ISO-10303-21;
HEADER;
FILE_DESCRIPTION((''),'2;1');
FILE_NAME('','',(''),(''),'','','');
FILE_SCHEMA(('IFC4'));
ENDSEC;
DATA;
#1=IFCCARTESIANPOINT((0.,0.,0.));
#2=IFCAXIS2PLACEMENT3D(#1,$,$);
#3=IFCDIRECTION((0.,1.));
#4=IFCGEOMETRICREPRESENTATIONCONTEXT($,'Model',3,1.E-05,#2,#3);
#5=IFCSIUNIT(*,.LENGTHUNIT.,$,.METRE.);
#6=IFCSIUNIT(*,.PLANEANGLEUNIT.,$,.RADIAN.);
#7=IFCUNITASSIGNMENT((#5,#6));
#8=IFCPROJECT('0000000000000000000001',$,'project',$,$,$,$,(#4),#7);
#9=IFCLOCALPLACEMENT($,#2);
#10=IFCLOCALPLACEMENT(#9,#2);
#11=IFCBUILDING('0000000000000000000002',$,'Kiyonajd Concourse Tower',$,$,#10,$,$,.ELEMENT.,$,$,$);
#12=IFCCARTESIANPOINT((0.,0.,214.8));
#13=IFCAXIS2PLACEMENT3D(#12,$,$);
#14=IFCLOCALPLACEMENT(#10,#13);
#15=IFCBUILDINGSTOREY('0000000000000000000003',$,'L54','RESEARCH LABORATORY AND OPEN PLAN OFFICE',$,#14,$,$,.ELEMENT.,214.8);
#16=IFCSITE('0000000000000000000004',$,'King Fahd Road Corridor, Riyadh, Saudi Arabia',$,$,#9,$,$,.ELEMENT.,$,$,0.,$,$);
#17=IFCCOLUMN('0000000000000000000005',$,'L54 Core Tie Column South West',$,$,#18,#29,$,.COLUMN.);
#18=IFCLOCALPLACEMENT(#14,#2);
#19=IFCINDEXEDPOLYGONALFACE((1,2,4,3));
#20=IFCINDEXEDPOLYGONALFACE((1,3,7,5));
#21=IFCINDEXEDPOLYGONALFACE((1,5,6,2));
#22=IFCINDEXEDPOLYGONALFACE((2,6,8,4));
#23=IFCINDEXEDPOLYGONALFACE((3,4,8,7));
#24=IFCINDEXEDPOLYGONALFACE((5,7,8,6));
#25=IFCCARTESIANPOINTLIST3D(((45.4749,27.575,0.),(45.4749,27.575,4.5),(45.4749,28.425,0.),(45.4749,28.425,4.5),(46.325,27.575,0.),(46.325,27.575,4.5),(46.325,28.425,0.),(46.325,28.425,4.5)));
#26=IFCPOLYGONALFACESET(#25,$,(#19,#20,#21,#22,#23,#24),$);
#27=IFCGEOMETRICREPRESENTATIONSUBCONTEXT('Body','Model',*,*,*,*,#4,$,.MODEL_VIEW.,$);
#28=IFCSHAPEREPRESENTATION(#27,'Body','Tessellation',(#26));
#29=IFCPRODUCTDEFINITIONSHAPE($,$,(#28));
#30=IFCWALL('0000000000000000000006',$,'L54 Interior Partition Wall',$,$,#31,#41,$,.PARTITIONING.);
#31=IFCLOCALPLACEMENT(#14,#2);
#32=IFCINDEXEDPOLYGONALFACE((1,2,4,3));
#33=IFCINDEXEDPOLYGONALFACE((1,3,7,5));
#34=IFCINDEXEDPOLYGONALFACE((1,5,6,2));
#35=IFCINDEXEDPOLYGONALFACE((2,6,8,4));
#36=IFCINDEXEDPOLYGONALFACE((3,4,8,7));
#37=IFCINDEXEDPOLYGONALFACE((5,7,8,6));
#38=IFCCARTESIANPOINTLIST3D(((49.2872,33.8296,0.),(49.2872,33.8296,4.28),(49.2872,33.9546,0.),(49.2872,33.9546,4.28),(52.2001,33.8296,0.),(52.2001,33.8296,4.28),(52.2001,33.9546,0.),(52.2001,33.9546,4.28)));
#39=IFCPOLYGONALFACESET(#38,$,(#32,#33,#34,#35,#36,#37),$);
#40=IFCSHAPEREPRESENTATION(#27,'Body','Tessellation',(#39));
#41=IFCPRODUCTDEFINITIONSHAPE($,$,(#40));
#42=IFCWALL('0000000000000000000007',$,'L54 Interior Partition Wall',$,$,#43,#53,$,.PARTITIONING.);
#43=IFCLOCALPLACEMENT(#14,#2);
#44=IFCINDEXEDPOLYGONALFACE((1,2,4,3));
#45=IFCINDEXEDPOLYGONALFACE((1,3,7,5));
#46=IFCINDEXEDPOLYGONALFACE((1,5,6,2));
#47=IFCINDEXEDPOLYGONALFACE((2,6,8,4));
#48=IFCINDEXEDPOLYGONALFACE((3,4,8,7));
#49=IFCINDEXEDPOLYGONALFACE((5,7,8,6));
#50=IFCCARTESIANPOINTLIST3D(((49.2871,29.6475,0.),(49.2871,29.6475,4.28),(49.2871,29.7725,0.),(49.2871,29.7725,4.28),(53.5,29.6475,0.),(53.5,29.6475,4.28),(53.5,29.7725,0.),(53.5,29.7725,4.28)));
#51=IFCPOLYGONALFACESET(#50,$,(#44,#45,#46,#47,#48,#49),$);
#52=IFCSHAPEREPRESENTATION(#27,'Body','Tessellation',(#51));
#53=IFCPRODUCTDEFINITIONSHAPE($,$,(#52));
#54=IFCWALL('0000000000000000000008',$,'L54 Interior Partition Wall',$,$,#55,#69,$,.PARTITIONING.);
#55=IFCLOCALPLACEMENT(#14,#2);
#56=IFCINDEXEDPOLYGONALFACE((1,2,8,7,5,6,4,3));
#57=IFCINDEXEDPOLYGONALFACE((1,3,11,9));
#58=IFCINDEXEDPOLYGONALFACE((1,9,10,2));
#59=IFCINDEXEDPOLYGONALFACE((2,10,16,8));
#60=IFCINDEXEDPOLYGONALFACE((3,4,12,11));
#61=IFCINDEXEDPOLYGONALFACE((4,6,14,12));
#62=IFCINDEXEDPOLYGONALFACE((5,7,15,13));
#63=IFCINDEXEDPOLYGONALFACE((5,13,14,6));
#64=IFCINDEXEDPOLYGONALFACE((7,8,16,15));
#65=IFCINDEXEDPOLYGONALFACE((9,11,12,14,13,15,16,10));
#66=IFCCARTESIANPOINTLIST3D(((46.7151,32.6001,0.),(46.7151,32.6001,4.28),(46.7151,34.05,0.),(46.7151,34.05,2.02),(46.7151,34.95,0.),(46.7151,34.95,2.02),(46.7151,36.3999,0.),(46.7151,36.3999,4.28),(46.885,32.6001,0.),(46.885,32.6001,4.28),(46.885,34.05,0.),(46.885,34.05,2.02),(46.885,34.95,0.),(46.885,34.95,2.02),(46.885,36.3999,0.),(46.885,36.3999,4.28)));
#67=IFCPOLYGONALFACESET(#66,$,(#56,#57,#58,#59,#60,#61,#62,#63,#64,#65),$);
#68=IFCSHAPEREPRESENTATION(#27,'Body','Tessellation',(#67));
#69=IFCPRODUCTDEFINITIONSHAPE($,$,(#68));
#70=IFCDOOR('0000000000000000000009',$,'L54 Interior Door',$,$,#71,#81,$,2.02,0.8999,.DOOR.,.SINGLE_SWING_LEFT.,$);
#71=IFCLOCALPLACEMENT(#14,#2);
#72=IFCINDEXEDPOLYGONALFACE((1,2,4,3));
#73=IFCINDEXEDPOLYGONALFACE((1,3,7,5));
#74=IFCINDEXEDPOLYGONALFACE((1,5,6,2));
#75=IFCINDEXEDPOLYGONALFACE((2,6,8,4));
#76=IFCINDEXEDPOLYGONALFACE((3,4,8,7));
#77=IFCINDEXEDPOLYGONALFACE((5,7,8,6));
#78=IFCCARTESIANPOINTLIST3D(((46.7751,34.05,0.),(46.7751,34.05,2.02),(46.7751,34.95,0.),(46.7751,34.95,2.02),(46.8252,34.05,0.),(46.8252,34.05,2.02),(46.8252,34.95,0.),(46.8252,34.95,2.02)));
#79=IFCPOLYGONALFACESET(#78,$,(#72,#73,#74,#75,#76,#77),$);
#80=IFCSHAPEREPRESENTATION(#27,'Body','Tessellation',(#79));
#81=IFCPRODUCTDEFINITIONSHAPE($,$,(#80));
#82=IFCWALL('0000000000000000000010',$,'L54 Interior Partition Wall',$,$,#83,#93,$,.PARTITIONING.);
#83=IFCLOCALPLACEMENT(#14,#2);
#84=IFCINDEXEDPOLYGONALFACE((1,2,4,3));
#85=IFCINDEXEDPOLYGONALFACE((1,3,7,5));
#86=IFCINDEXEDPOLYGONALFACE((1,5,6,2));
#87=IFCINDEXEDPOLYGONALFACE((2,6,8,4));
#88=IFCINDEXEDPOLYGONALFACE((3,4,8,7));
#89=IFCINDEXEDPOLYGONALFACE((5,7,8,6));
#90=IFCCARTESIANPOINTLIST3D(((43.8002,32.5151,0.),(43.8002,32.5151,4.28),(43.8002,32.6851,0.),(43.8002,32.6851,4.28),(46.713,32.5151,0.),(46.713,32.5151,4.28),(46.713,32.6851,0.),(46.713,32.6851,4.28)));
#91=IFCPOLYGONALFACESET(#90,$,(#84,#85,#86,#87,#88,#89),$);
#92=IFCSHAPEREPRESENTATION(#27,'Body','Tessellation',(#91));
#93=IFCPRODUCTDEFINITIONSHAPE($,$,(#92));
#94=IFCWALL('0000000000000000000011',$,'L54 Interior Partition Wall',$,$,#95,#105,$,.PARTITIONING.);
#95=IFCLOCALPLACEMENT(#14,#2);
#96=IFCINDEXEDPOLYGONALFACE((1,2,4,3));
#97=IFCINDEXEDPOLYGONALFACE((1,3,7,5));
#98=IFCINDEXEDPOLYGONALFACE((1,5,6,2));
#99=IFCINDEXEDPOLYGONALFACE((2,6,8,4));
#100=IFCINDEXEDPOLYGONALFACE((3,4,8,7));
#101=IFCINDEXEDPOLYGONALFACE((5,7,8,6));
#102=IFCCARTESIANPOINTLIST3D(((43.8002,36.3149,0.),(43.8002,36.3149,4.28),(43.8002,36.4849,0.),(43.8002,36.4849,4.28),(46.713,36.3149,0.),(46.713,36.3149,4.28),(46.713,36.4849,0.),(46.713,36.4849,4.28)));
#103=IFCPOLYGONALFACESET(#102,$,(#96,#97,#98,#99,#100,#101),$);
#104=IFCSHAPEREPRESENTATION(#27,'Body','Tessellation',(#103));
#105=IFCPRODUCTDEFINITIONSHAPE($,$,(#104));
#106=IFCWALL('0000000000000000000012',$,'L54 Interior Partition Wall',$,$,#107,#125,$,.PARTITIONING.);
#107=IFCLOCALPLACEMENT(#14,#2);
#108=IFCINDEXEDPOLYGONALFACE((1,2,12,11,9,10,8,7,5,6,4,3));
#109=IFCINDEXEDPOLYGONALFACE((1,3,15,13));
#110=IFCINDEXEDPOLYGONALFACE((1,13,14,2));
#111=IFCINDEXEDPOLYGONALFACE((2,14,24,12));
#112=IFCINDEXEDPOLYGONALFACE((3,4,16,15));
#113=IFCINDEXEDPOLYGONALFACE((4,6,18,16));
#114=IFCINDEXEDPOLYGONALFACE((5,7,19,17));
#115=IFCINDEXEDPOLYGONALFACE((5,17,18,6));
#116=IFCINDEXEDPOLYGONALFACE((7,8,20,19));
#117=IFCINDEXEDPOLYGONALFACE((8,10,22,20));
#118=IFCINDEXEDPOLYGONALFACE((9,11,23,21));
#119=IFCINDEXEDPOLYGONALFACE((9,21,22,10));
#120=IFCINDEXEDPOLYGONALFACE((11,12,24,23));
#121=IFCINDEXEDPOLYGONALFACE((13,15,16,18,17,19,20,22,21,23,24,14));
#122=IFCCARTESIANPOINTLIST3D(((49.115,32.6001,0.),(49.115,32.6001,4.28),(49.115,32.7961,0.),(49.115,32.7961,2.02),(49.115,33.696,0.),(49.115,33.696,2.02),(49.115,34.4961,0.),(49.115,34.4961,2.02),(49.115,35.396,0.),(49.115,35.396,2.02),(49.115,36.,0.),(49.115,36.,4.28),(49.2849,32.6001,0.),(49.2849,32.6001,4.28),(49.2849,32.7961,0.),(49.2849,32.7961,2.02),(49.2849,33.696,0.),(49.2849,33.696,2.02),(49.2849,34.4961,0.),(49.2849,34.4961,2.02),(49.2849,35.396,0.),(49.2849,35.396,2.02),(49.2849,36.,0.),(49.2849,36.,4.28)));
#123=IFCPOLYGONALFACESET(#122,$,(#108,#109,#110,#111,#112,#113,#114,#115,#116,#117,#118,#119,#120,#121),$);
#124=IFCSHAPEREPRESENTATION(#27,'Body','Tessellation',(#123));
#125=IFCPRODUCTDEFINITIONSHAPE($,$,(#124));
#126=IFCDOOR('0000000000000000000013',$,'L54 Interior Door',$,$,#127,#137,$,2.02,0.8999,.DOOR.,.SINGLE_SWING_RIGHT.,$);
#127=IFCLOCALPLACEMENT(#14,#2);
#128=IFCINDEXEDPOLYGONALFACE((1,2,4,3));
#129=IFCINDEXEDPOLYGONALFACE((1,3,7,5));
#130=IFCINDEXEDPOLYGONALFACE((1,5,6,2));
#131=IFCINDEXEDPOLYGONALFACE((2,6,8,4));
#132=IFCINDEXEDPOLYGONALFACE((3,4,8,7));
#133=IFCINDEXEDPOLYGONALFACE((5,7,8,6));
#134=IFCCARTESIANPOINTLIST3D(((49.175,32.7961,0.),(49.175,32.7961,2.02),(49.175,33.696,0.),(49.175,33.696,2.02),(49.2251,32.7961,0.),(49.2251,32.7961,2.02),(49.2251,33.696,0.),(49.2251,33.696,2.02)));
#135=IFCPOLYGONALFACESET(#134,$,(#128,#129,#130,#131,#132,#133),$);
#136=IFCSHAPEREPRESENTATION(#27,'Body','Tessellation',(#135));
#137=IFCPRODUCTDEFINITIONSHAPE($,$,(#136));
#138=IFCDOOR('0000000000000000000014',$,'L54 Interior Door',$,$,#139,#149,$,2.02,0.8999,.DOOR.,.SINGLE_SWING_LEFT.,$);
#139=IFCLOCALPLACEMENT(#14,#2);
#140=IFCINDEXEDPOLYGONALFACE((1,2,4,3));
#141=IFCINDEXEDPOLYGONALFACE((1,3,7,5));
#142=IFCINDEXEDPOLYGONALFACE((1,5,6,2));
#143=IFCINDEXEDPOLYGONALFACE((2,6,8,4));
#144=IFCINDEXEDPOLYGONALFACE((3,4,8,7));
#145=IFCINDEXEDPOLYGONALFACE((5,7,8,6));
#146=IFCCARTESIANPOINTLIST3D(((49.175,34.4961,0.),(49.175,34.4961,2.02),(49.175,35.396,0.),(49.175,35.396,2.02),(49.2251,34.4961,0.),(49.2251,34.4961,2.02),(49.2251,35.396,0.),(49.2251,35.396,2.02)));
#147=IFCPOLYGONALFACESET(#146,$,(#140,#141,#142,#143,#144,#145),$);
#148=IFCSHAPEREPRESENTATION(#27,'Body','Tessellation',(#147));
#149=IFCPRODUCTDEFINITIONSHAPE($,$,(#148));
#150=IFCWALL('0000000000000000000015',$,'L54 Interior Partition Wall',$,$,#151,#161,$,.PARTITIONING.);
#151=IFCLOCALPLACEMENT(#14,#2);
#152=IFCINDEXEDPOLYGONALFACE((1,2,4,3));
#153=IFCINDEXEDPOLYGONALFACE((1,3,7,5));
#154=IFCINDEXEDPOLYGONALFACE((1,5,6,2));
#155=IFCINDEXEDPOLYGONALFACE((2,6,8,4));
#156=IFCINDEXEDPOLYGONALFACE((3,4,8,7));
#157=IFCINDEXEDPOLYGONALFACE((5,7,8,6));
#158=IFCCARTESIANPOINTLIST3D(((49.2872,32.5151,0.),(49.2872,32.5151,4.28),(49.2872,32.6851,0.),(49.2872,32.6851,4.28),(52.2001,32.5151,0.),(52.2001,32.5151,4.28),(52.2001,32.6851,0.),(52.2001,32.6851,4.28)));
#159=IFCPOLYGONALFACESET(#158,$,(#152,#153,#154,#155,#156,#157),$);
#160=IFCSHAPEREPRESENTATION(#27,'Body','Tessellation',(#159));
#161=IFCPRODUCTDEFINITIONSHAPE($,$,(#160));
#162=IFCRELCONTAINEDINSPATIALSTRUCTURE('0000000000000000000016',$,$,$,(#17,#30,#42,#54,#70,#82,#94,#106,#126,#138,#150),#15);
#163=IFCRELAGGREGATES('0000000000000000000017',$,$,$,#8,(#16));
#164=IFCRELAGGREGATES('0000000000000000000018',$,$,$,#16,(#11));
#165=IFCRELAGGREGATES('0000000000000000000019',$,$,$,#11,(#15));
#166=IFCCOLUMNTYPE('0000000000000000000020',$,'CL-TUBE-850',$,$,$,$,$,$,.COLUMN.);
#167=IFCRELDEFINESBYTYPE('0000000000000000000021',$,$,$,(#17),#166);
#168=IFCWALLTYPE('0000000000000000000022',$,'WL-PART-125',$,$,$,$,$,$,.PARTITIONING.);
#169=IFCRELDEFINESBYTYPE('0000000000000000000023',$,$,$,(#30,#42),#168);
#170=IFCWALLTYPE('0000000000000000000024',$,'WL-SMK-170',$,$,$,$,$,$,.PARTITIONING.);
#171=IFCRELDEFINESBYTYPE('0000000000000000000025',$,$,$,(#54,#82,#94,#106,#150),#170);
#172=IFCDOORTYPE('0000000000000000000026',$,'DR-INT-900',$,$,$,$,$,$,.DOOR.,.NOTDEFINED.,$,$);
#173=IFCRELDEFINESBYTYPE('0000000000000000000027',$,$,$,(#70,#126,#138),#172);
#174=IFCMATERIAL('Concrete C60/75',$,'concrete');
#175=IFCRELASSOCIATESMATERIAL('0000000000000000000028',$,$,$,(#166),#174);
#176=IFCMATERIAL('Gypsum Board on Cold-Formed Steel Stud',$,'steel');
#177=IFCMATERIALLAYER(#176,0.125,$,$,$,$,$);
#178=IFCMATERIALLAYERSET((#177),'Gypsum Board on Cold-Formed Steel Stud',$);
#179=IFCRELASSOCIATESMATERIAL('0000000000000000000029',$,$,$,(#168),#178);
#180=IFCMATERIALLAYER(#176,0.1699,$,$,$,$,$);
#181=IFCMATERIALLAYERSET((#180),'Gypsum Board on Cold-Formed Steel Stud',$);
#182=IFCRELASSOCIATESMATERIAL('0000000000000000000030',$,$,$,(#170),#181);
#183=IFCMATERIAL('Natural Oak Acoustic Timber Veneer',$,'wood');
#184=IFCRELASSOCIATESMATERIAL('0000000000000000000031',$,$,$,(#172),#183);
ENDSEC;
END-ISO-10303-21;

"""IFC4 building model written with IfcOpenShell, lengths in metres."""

from ifc_helpers import new_model, si_unit, direction, frame, frame_2d, origin, origin_2d, place, context, subcontext, project, spatial, rectangle, extrude, material, layer, layer_set, material_profile, profile_set, type_object, element, fill, save


model = new_model("IFC4")

# Units and contexts
model_context = context("Model", 3, precision=1e-05, world=origin(), true_north=direction((0.0, 1.0)))
body_context = subcontext(model_context, "Body", "Model", "MODEL_VIEW")
ifc_project = project(units=[si_unit("LENGTHUNIT", "METRE"), si_unit("PLANEANGLEUNIT", "RADIAN")], contexts=[model_context])

# Site, building, storey
site_placement = place(None, origin())
site = spatial("IfcSite", under=ifc_project, at=site_placement, Name="King Fahd Road Corridor, Riyadh, Saudi Arabia", CompositionType="ELEMENT", RefElevation=0.0)
building_placement = place(site_placement, origin())
building = spatial("IfcBuilding", under=site, at=building_placement, Name="Kiyonajd Concourse Tower", CompositionType="ELEMENT")
storey_placement = place(building_placement, frame((0.0, 0.0, 214.8)))
storey = spatial("IfcBuildingStorey", under=building, at=storey_placement, Name="L54", Description="RESEARCH LABORATORY AND OPEN PLAN OFFICE", CompositionType="ELEMENT", Elevation=214.8)

# Column
ifc_material_1 = material(Name="Concrete C60/75", Category="concrete")
ifc_material_profile = material_profile(ifc_material_1, rectangle(XDim=0.8501, YDim=0.8501, at=origin_2d()), Name="RC-850x850")
ifc_profile_set = profile_set([ifc_material_profile], Name="Concrete C60/75")
column_type = type_object("IfcColumnType", Name="CL-TUBE-850", PredefinedType="COLUMN", material=ifc_profile_set)
column_placement = place(storey_placement, frame((45.8999, 28.0, 0.0), z_axis=(0.0, 0.0, 1.0), x_axis=(1.0, 0.0, 0.0)))
element("IfcColumn", 1, at=column_placement, inside=storey, type_object=column_type, Name="L54 Core Tie Column South West", PredefinedType="COLUMN", context=body_context, shape_type="SweptSolid", body=[
    extrude(rectangle(XDim=0.8501, YDim=0.8501, at=origin_2d()), origin(), (0.0, 0.0, 1.0), 4.5),
])

# Walls
ifc_material_2 = material(Name="Gypsum Board on Cold-Formed Steel Stud", Category="steel")
ifc_layer_1 = layer(ifc_material_2, 0.125)
ifc_layer_set_1 = layer_set([ifc_layer_1], Name="Gypsum Board on Cold-Formed Steel Stud")
wall_type_1 = type_object("IfcWallType", Name="WL-PART-125", PredefinedType="PARTITIONING", material=ifc_layer_set_1)
wall_1_placement = place(storey_placement, frame((49.2871, 33.8921, 0.0), z_axis=(0.0, 0.0, 1.0), x_axis=(1.0, 0.0, 0.0)))
element("IfcWall", 2, at=wall_1_placement, inside=storey, type_object=wall_type_1, Name="L54 Interior Partition Wall", PredefinedType="PARTITIONING", context=body_context, shape_type="SweptSolid", body=[
    extrude(rectangle(XDim=2.9128, YDim=0.125, at=frame_2d((1.4565, 0.0))), origin(), (0.0, 0.0, 1.0), 4.28),
])
wall_2_placement = place(storey_placement, frame((49.2871, 29.71, 0.0), z_axis=(0.0, 0.0, 1.0), x_axis=(1.0, 0.0, 0.0)))
element("IfcWall", 3, at=wall_2_placement, inside=storey, type_object=wall_type_1, Name="L54 Interior Partition Wall", PredefinedType="PARTITIONING", context=body_context, shape_type="SweptSolid", body=[
    extrude(rectangle(XDim=4.2129, YDim=0.125, at=frame_2d((2.1064, 0.0))), origin(), (0.0, 0.0, 1.0), 4.28),
])

# Wall, opening, door
ifc_layer_2 = layer(ifc_material_2, 0.1699)
ifc_layer_set_2 = layer_set([ifc_layer_2], Name="Gypsum Board on Cold-Formed Steel Stud")
wall_type_2 = type_object("IfcWallType", Name="WL-SMK-170", PredefinedType="PARTITIONING", material=ifc_layer_set_2)
wall_3_placement = place(storey_placement, frame((46.8, 32.6001, 0.0), z_axis=(0.0, 0.0, 1.0), x_axis=(0.0, 1.0, 0.0)))
wall_3 = element("IfcWall", 4, at=wall_3_placement, inside=storey, type_object=wall_type_2, Name="L54 Interior Partition Wall", PredefinedType="PARTITIONING", context=body_context, shape_type="SweptSolid", body=[
    extrude(rectangle(XDim=3.7998, YDim=0.1699, at=frame_2d((1.8999, 0.0))), origin(), (0.0, 0.0, 1.0), 4.28),
])
opening_1_placement = place(wall_3_placement, frame((1.45, 0.0, 0.0)))
opening_1 = element("IfcOpeningElement", 5, at=opening_1_placement, cuts=wall_3, PredefinedType="OPENING", context=body_context, shape_type="SweptSolid", body=[
    extrude(rectangle(XDim=0.8999, YDim=2.02, at=frame_2d((0.45, 1.01))), frame((0.0, 0.095, 0.0), z_axis=(0.0, -1.0, 0.0), x_axis=(1.0, 0.0, 0.0)), (0.0, 0.0, 1.0), 0.1899),
])
ifc_material_3 = material(Name="Natural Oak Acoustic Timber Veneer", Category="wood")
door_type = type_object("IfcDoorType", Name="DR-INT-900", OperationType="NOTDEFINED", PredefinedType="DOOR", material=ifc_material_3)
door_1_placement = place(opening_1_placement, origin())
door_1 = element("IfcDoor", 6, at=door_1_placement, inside=storey, type_object=door_type, Name="L54 Interior Door", OperationType="SINGLE_SWING_LEFT", OverallHeight=2.02, OverallWidth=0.8999, PredefinedType="DOOR", context=body_context, shape_type="SweptSolid", body=[
    extrude(rectangle(XDim=0.8999, YDim=2.02, at=frame_2d((0.45, 1.01))), frame((0.0, 0.0249, 0.0), z_axis=(0.0, -1.0, 0.0), x_axis=(1.0, 0.0, 0.0)), (0.0, 0.0, 1.0), 0.05),
])
fill(opening_1, door_1)

# Walls
for number, where, z_axis, x_axis, name in (
    (7, (43.8, 32.6001, 0.0), (0.0, 0.0, 1.0), (1.0, 0.0, 0.0), "L54 Interior Partition Wall"),
    (8, (43.8, 36.3999, 0.0), (0.0, 0.0, 1.0), (1.0, 0.0, 0.0), "L54 Interior Partition Wall"),
):
    element("IfcWall", number, at=place(storey_placement, frame(where, z_axis=z_axis, x_axis=x_axis)), inside=storey, type_object=wall_type_2, Name=name, PredefinedType="PARTITIONING", context=body_context, shape_type="SweptSolid", body=[
        extrude(rectangle(XDim=2.9128, YDim=0.1699, at=frame_2d((1.4565, 0.0))), origin(), (0.0, 0.0, 1.0), 4.28),
    ])

# Wall, openings, doors
wall_4_placement = place(storey_placement, frame((49.2, 32.6001, 0.0), z_axis=(0.0, 0.0, 1.0), x_axis=(0.0, 1.0, 0.0)))
wall_4 = element("IfcWall", 9, at=wall_4_placement, inside=storey, type_object=wall_type_2, Name="L54 Interior Partition Wall", PredefinedType="PARTITIONING", context=body_context, shape_type="SweptSolid", body=[
    extrude(rectangle(XDim=3.3999, YDim=0.1699, at=frame_2d((1.7, 0.0))), origin(), (0.0, 0.0, 1.0), 4.28),
])
opening_2_placement = place(wall_4_placement, frame((0.196, 0.0, 0.0)))
opening_2 = element("IfcOpeningElement", 10, at=opening_2_placement, cuts=wall_4, PredefinedType="OPENING", context=body_context, shape_type="SweptSolid", body=[
    extrude(rectangle(XDim=0.8999, YDim=2.02, at=frame_2d((0.45, 1.01))), frame((0.0, 0.095, 0.0), z_axis=(0.0, -1.0, 0.0), x_axis=(1.0, 0.0, 0.0)), (0.0, 0.0, 1.0), 0.1899),
])
opening_3_placement = place(wall_4_placement, frame((1.896, 0.0, 0.0)))
opening_3 = element("IfcOpeningElement", 11, at=opening_3_placement, cuts=wall_4, PredefinedType="OPENING", context=body_context, shape_type="SweptSolid", body=[
    extrude(rectangle(XDim=0.8999, YDim=2.02, at=frame_2d((0.45, 1.01))), frame((0.0, 0.095, 0.0), z_axis=(0.0, -1.0, 0.0), x_axis=(1.0, 0.0, 0.0)), (0.0, 0.0, 1.0), 0.1899),
])
door_2_placement = place(opening_2_placement, origin())
door_2 = element("IfcDoor", 12, at=door_2_placement, inside=storey, type_object=door_type, Name="L54 Interior Door", OperationType="SINGLE_SWING_RIGHT", OverallHeight=2.02, OverallWidth=0.8999, PredefinedType="DOOR", context=body_context, shape_type="SweptSolid", body=[
    extrude(rectangle(XDim=0.8999, YDim=2.02, at=frame_2d((0.45, 1.01))), frame((0.0, 0.0249, 0.0), z_axis=(0.0, -1.0, 0.0), x_axis=(1.0, 0.0, 0.0)), (0.0, 0.0, 1.0), 0.05),
])
fill(opening_2, door_2)
door_3_placement = place(opening_3_placement, origin())
door_3 = element("IfcDoor", 13, at=door_3_placement, inside=storey, type_object=door_type, Name="L54 Interior Door", OperationType="SINGLE_SWING_LEFT", OverallHeight=2.02, OverallWidth=0.8999, PredefinedType="DOOR", context=body_context, shape_type="SweptSolid", body=[
    extrude(rectangle(XDim=0.8999, YDim=2.02, at=frame_2d((0.45, 1.01))), frame((0.0, 0.0249, 0.0), z_axis=(0.0, -1.0, 0.0), x_axis=(1.0, 0.0, 0.0)), (0.0, 0.0, 1.0), 0.05),
])
fill(opening_3, door_3)

# Wall
wall_5_placement = place(storey_placement, frame((49.2871, 32.6001, 0.0), z_axis=(0.0, 0.0, 1.0), x_axis=(1.0, 0.0, 0.0)))
element("IfcWall", 14, at=wall_5_placement, inside=storey, type_object=wall_type_2, Name="L54 Interior Partition Wall", PredefinedType="PARTITIONING", context=body_context, shape_type="SweptSolid", body=[
    extrude(rectangle(XDim=2.9128, YDim=0.1699, at=frame_2d((1.4565, 0.0))), origin(), (0.0, 0.0, 1.0), 4.28),
])

save(model, "model.ifc")
